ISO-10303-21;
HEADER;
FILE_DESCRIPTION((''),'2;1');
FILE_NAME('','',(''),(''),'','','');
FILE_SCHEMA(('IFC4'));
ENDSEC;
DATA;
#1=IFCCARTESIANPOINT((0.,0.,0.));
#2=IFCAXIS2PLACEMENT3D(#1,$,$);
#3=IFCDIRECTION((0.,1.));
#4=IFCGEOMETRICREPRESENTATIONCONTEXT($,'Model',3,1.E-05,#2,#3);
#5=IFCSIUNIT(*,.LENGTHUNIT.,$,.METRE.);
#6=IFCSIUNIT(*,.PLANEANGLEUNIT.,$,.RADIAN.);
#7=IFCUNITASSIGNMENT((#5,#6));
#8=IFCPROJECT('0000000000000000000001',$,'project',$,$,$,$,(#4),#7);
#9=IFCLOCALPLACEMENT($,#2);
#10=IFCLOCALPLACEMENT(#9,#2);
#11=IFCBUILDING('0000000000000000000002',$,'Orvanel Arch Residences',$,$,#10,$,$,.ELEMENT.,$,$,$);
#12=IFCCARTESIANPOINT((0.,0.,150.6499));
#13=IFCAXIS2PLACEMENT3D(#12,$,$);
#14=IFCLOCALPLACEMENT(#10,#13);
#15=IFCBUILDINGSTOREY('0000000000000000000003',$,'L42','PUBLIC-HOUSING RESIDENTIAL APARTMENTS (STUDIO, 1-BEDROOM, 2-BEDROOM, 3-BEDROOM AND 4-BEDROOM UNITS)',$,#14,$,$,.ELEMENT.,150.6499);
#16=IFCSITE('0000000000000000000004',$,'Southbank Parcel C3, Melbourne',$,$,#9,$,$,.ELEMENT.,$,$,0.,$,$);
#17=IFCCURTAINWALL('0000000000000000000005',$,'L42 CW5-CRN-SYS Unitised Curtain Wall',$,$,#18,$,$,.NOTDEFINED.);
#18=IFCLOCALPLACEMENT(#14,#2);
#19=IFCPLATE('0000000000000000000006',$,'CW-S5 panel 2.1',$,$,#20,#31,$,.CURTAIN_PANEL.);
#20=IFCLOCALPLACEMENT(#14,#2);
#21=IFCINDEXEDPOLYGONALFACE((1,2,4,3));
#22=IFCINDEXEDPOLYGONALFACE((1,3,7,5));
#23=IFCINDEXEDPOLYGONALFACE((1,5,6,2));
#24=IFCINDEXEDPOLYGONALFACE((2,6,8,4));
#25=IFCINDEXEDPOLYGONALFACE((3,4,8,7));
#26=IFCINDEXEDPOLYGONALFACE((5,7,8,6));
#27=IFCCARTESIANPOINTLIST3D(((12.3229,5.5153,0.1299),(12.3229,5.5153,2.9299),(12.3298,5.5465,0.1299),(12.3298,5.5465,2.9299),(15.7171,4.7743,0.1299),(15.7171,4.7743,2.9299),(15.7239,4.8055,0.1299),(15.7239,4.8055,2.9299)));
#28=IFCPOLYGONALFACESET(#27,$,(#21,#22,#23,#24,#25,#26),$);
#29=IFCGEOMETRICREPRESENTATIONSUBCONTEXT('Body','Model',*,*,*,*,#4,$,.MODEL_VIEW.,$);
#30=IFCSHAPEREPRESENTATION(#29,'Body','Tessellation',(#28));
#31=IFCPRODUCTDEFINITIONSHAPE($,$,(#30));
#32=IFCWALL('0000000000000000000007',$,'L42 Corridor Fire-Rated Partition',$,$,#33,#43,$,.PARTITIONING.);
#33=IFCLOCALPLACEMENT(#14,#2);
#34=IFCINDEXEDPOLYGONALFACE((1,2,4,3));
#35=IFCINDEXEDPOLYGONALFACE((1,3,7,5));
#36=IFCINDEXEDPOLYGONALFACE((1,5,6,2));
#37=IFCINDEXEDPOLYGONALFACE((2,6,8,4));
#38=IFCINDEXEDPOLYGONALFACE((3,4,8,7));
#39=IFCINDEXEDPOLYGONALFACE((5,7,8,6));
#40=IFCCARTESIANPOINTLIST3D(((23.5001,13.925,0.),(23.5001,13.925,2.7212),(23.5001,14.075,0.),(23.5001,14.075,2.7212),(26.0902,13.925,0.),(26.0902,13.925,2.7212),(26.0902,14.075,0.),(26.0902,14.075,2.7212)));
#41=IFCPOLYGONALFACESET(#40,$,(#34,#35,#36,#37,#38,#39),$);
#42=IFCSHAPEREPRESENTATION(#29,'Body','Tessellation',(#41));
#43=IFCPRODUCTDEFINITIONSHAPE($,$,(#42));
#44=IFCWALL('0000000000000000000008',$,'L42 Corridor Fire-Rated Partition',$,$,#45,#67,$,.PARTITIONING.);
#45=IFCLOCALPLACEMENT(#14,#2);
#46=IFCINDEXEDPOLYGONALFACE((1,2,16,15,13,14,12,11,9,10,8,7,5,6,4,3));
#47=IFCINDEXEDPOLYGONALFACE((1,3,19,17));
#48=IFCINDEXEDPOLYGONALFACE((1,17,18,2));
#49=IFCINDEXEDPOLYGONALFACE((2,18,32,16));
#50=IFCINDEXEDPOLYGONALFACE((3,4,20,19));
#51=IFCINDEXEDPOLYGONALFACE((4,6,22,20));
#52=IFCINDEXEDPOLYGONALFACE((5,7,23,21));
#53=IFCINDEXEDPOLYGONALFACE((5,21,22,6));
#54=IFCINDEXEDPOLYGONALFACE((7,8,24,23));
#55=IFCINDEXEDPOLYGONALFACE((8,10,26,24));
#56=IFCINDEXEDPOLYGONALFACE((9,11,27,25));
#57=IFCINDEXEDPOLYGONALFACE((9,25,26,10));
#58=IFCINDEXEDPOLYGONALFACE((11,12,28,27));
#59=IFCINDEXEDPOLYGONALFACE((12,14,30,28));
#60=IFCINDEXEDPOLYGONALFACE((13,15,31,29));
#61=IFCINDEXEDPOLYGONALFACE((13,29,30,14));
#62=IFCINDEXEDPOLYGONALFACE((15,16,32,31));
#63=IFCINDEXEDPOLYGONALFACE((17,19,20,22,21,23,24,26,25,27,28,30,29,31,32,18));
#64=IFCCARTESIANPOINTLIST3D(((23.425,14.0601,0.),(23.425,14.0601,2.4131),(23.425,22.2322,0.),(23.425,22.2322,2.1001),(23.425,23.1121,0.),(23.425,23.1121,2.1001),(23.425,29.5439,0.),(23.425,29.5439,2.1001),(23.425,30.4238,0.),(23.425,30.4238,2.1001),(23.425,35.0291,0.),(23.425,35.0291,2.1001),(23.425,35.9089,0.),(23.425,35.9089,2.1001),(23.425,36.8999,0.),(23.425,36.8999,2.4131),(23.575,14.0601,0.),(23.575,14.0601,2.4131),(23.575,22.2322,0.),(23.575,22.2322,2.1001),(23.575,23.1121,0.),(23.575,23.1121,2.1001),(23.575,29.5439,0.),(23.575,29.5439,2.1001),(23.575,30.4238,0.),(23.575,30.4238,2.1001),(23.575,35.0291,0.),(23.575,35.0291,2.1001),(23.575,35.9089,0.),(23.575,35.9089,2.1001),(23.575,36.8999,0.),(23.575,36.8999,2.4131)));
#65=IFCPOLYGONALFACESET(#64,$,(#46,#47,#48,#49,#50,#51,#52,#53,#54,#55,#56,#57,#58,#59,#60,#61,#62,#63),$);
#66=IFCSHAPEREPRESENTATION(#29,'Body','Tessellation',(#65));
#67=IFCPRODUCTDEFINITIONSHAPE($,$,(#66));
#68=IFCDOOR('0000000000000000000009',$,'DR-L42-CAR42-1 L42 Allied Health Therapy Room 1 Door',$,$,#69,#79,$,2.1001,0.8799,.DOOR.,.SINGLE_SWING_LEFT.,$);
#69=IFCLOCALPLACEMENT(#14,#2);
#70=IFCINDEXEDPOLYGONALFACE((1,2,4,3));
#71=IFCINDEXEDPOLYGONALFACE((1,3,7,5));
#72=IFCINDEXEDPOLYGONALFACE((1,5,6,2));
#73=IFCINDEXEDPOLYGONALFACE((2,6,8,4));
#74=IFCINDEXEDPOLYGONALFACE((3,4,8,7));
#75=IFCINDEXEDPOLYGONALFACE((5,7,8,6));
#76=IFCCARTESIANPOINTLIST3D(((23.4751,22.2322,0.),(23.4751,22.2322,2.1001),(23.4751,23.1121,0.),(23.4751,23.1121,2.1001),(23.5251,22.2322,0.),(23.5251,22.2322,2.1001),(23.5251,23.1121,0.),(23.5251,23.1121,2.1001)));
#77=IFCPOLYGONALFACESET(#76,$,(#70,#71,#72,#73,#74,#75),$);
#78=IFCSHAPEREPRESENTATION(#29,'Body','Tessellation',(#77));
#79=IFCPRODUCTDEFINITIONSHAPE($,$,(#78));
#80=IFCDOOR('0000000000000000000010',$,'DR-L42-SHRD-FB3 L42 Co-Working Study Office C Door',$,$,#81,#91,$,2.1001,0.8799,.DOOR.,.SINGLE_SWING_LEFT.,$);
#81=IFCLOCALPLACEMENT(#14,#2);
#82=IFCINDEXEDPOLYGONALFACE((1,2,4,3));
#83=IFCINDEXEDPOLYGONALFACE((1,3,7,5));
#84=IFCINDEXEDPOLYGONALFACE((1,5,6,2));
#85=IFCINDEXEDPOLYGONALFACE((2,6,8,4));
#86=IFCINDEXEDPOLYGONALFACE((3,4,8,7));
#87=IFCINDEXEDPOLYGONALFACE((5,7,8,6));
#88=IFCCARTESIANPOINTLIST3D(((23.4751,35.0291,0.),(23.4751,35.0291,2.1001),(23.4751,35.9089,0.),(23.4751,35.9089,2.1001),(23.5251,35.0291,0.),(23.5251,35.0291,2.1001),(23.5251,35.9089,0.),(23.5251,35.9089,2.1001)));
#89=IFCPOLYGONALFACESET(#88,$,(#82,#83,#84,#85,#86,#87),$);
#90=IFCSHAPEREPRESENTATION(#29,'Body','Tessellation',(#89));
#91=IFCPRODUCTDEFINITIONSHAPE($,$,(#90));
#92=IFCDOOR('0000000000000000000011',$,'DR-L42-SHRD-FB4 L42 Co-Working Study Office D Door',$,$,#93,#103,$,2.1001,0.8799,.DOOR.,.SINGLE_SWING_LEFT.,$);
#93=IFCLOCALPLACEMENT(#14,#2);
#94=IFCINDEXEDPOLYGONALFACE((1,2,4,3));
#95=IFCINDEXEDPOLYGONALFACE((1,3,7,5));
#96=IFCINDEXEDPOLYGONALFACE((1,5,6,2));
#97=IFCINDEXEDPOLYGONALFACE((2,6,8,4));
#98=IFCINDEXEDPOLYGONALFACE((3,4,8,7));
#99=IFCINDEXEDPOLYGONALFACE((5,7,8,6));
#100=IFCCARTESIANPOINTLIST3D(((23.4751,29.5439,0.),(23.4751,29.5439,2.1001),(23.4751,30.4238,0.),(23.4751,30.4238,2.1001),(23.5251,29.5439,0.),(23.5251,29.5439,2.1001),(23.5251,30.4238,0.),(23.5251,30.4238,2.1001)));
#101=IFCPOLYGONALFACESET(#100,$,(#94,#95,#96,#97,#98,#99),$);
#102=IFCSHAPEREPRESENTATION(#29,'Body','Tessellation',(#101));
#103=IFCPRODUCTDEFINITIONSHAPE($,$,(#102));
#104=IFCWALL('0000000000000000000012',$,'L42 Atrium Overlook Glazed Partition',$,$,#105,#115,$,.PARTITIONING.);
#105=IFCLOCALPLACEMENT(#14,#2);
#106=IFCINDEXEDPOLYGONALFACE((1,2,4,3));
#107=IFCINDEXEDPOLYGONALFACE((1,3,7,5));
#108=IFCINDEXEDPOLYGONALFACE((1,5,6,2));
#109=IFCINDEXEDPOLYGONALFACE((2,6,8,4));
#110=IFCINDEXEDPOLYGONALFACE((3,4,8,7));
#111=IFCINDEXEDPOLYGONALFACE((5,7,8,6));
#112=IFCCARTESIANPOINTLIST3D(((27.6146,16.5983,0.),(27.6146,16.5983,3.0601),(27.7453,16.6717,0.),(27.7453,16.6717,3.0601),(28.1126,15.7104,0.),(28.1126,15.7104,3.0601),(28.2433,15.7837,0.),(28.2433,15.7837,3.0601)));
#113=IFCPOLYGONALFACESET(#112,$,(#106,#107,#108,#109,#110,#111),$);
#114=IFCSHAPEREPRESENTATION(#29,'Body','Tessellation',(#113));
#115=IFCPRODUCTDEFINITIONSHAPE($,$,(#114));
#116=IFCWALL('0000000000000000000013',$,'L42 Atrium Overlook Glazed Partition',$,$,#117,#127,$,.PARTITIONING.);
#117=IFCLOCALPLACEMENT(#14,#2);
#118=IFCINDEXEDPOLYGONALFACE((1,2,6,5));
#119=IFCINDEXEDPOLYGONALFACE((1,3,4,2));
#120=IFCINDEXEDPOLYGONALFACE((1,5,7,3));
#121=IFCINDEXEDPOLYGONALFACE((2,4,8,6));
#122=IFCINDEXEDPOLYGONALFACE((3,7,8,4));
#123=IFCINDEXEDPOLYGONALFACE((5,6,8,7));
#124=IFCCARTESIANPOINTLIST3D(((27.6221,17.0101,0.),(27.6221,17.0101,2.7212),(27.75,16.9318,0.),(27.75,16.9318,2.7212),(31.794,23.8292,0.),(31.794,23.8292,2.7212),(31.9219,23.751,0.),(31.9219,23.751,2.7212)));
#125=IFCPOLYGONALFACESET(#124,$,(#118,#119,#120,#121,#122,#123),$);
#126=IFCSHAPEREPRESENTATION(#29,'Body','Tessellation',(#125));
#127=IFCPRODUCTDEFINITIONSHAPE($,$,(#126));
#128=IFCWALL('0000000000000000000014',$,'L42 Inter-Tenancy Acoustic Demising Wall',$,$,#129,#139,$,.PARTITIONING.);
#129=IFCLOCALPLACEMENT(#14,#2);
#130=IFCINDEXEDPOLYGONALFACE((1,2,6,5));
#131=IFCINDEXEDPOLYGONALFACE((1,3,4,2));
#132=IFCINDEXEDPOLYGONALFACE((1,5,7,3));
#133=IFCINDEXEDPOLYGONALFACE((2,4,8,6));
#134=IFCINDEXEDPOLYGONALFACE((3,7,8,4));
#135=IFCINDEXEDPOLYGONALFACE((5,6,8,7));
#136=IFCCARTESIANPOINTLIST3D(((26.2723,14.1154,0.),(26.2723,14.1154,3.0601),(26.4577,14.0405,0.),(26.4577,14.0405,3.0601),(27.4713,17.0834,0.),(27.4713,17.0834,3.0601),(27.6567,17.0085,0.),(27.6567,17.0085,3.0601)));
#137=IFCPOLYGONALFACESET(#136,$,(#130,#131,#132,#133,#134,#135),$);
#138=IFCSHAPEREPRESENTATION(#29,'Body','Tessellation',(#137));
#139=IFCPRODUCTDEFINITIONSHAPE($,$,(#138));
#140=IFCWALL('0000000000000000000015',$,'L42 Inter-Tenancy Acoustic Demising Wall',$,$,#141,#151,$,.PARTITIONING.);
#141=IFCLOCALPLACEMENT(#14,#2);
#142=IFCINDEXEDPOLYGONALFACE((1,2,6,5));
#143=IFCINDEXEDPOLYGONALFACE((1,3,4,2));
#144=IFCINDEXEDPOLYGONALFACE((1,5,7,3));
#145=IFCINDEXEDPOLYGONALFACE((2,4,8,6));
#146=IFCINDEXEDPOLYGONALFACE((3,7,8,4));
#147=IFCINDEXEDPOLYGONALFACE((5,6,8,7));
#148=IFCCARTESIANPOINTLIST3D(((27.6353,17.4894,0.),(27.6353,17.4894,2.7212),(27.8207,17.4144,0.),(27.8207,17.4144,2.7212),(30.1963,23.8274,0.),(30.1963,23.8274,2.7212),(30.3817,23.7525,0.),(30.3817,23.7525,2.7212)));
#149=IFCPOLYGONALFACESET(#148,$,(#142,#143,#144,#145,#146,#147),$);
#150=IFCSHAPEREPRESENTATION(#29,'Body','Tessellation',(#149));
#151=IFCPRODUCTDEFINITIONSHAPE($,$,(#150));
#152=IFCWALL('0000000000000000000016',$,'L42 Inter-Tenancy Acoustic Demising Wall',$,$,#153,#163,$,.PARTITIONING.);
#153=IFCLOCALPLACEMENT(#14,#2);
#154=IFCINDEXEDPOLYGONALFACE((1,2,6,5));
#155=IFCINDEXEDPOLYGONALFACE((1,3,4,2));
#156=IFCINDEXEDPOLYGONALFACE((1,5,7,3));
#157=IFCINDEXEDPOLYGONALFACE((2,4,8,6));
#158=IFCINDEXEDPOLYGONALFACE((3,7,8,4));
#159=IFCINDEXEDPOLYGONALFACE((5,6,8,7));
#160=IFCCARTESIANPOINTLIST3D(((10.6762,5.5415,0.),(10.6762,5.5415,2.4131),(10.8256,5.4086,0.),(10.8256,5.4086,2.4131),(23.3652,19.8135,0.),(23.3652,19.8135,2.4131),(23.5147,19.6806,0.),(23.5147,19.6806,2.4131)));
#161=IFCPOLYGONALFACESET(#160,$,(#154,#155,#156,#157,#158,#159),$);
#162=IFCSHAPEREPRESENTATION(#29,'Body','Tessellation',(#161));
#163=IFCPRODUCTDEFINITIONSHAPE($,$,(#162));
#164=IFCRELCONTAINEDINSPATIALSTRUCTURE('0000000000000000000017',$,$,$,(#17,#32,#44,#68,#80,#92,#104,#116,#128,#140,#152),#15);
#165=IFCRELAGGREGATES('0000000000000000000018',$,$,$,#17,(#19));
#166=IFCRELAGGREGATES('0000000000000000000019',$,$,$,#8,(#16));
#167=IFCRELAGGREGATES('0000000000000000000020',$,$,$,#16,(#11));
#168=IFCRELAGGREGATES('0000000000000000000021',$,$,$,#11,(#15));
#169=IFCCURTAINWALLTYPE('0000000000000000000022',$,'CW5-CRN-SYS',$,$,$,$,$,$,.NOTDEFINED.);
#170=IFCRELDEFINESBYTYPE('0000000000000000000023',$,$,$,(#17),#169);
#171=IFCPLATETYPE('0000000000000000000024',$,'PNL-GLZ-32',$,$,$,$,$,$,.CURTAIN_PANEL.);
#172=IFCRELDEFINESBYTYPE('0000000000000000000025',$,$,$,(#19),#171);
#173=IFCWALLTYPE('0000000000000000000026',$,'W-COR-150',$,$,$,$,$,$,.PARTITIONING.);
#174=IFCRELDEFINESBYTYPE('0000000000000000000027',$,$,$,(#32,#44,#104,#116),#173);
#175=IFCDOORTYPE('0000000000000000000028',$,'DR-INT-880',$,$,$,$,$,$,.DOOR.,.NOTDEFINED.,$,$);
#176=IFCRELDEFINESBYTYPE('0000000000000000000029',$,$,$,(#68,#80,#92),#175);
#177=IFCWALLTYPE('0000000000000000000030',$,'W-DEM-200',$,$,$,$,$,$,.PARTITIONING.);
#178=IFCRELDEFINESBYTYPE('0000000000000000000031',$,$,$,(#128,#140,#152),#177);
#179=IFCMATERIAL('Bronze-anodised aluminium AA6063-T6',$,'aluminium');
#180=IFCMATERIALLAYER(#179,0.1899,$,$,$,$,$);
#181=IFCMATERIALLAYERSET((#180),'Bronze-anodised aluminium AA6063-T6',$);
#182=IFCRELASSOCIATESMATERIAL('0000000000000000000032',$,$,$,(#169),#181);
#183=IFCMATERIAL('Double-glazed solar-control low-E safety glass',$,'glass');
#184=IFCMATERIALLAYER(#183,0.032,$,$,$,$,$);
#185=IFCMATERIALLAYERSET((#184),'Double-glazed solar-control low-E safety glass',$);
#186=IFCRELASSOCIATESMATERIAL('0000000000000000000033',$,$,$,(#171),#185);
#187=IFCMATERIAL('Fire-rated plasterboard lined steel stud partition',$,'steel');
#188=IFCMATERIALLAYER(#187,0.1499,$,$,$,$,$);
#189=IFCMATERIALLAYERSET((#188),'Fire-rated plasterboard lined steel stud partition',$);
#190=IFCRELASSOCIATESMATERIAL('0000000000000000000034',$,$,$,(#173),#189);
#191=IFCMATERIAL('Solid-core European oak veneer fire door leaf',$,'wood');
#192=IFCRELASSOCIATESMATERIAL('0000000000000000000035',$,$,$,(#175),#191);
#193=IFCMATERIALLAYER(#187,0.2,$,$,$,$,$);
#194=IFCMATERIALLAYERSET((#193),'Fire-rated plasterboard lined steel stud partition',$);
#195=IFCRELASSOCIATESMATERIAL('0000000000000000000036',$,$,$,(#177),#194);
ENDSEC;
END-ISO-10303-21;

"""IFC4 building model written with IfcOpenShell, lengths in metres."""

from ifc_helpers import new_model, si_unit, direction, frame, frame_2d, origin, origin_2d, place, context, subcontext, project, spatial, rectangle, extrude, material, layer, layer_set, type_object, element, fill, aggregate, save


model = new_model("IFC4")

# Units and contexts
model_context = context("Model", 3, precision=1e-05, world=origin(), true_north=direction((0.0, 1.0)))
body_context = subcontext(model_context, "Body", "Model", "MODEL_VIEW")
ifc_project = project(units=[si_unit("LENGTHUNIT", "METRE"), si_unit("PLANEANGLEUNIT", "RADIAN")], contexts=[model_context])

# Site, building, storey
site_placement = place(None, origin())
site = spatial("IfcSite", under=ifc_project, at=site_placement, Name="Southbank Parcel C3, Melbourne", CompositionType="ELEMENT", RefElevation=0.0)
building_placement = place(site_placement, origin())
building = spatial("IfcBuilding", under=site, at=building_placement, Name="Orvanel Arch Residences", CompositionType="ELEMENT")
storey_placement = place(building_placement, frame((0.0, 0.0, 150.6499)))
storey = spatial("IfcBuildingStorey", under=building, at=storey_placement, Name="L42", Description="PUBLIC-HOUSING RESIDENTIAL APARTMENTS (STUDIO, 1-BEDROOM, 2-BEDROOM, 3-BEDROOM AND 4-BEDROOM UNITS)", CompositionType="ELEMENT", Elevation=150.6499)

# Curtain wall, plate
ifc_material_1 = material(Name="Bronze-anodised aluminium AA6063-T6", Category="aluminium")
ifc_layer_1 = layer(ifc_material_1, 0.1899)
ifc_layer_set_1 = layer_set([ifc_layer_1], Name="Bronze-anodised aluminium AA6063-T6")
curtain_wall_type = type_object("IfcCurtainWallType", Name="CW5-CRN-SYS", PredefinedType="NOTDEFINED", material=ifc_layer_set_1)
curtain_wall_placement = place(storey_placement, origin())
curtain_wall = element("IfcCurtainWall", 1, at=curtain_wall_placement, inside=storey, type_object=curtain_wall_type, Name="L42 CW5-CRN-SYS Unitised Curtain Wall", PredefinedType="NOTDEFINED")
ifc_material_2 = material(Name="Double-glazed solar-control low-E safety glass", Category="glass")
ifc_layer_2 = layer(ifc_material_2, 0.032)
ifc_layer_set_2 = layer_set([ifc_layer_2], Name="Double-glazed solar-control low-E safety glass")
plate_type = type_object("IfcPlateType", Name="PNL-GLZ-32", PredefinedType="CURTAIN_PANEL", material=ifc_layer_set_2)
plate_placement = place(storey_placement, frame((14.0234, 5.1604, 0.1299), z_axis=(0.0, 0.0, 1.0), x_axis=(0.976988, -0.213294, 0.0)))
plate = element("IfcPlate", 2, at=plate_placement, type_object=plate_type, Name="CW-S5 panel 2.1", PredefinedType="CURTAIN_PANEL", context=body_context, shape_type="SweptSolid", body=[
    extrude(rectangle(XDim=3.4741, YDim=0.032, at=origin_2d()), origin(), (0.0, 0.0, 1.0), 2.8),
])
aggregate(curtain_wall, [plate])

# Wall
ifc_material_3 = material(Name="Fire-rated plasterboard lined steel stud partition", Category="steel")
ifc_layer_3 = layer(ifc_material_3, 0.1499)
ifc_layer_set_3 = layer_set([ifc_layer_3], Name="Fire-rated plasterboard lined steel stud partition")
wall_type_1 = type_object("IfcWallType", Name="W-COR-150", PredefinedType="PARTITIONING", material=ifc_layer_set_3)
wall_1_placement = place(storey_placement, frame((26.0901, 14.0, 0.0), z_axis=(0.0, 0.0, 1.0), x_axis=(-1.0, 0.0, 0.0)))
element("IfcWall", 3, at=wall_1_placement, inside=storey, type_object=wall_type_1, Name="L42 Corridor Fire-Rated Partition", PredefinedType="PARTITIONING", context=body_context, shape_type="SweptSolid", body=[
    extrude(rectangle(XDim=2.5901, YDim=0.1499, at=frame_2d((1.2949, 0.0))), origin(), (0.0, 0.0, 1.0), 2.7212),
])

# Wall, openings, doors
wall_2_placement = place(storey_placement, frame((23.5, 14.0601, 0.0), z_axis=(0.0, 0.0, 1.0), x_axis=(0.0, 1.0, 0.0)))
wall_2 = element("IfcWall", 4, at=wall_2_placement, inside=storey, type_object=wall_type_1, Name="L42 Corridor Fire-Rated Partition", PredefinedType="PARTITIONING", context=body_context, shape_type="SweptSolid", body=[
    extrude(rectangle(XDim=22.8398, YDim=0.1499, at=frame_2d((11.4199, 0.0))), origin(), (0.0, 0.0, 1.0), 2.4131),
])
opening_1_placement = place(wall_2_placement, frame((8.1721, 0.0, 0.0)))
opening_1 = element("IfcOpeningElement", 5, at=opening_1_placement, cuts=wall_2, PredefinedType="OPENING", context=body_context, shape_type="SweptSolid", body=[
    extrude(rectangle(XDim=0.8799, YDim=2.1001, at=frame_2d((0.4399, 1.05))), frame((0.0, 0.085, 0.0), z_axis=(0.0, -1.0, 0.0), x_axis=(1.0, 0.0, 0.0)), (0.0, 0.0, 1.0), 0.1699),
])
opening_2_placement = place(wall_2_placement, frame((20.969, 0.0, 0.0)))
opening_2 = element("IfcOpeningElement", 6, at=opening_2_placement, cuts=wall_2, PredefinedType="OPENING", context=body_context, shape_type="SweptSolid", body=[
    extrude(rectangle(XDim=0.8799, YDim=2.1001, at=frame_2d((0.4399, 1.05))), frame((0.0, 0.085, 0.0), z_axis=(0.0, -1.0, 0.0), x_axis=(1.0, 0.0, 0.0)), (0.0, 0.0, 1.0), 0.1699),
])
opening_3_placement = place(wall_2_placement, frame((15.4839, 0.0, 0.0)))
opening_3 = element("IfcOpeningElement", 7, at=opening_3_placement, cuts=wall_2, PredefinedType="OPENING", context=body_context, shape_type="SweptSolid", body=[
    extrude(rectangle(XDim=0.8799, YDim=2.1001, at=frame_2d((0.4399, 1.05))), frame((0.0, 0.085, 0.0), z_axis=(0.0, -1.0, 0.0), x_axis=(1.0, 0.0, 0.0)), (0.0, 0.0, 1.0), 0.1699),
])
ifc_material_4 = material(Name="Solid-core European oak veneer fire door leaf", Category="wood")
door_type_1 = type_object("IfcDoorType", Name="DR-INT-880", OperationType="NOTDEFINED", PredefinedType="DOOR", material=ifc_material_4)
door_1_placement = place(opening_1_placement, origin())
door_1 = element("IfcDoor", 8, at=door_1_placement, inside=storey, type_object=door_type_1, Name="DR-L42-CAR42-1 L42 Allied Health Therapy Room 1 Door", OperationType="SINGLE_SWING_LEFT", OverallHeight=2.1001, OverallWidth=0.8799, PredefinedType="DOOR", context=body_context, shape_type="SweptSolid", body=[
    extrude(rectangle(XDim=0.8799, YDim=2.1001, at=frame_2d((0.4399, 1.05))), frame((0.0, 0.0249, 0.0), z_axis=(0.0, -1.0, 0.0), x_axis=(1.0, 0.0, 0.0)), (0.0, 0.0, 1.0), 0.05),
])
fill(opening_1, door_1)
door_2_placement = place(opening_2_placement, origin())
door_2 = element("IfcDoor", 9, at=door_2_placement, inside=storey, type_object=door_type_1, Name="DR-L42-SHRD-FB3 L42 Co-Working Study Office C Door", OperationType="SINGLE_SWING_LEFT", OverallHeight=2.1001, OverallWidth=0.8799, PredefinedType="DOOR", context=body_context, shape_type="SweptSolid", body=[
    extrude(rectangle(XDim=0.8799, YDim=2.1001, at=frame_2d((0.4399, 1.05))), frame((0.0, 0.0249, 0.0), z_axis=(0.0, -1.0, 0.0), x_axis=(1.0, 0.0, 0.0)), (0.0, 0.0, 1.0), 0.05),
])
fill(opening_2, door_2)
door_3_placement = place(opening_3_placement, origin())
door_3 = element("IfcDoor", 10, at=door_3_placement, inside=storey, type_object=door_type_1, Name="DR-L42-SHRD-FB4 L42 Co-Working Study Office D Door", OperationType="SINGLE_SWING_LEFT", OverallHeight=2.1001, OverallWidth=0.8799, PredefinedType="DOOR", context=body_context, shape_type="SweptSolid", body=[
    extrude(rectangle(XDim=0.8799, YDim=2.1001, at=frame_2d((0.4399, 1.05))), frame((0.0, 0.0249, 0.0), z_axis=(0.0, -1.0, 0.0), x_axis=(1.0, 0.0, 0.0)), (0.0, 0.0, 1.0), 0.05),
])
fill(opening_3, door_3)

# Walls
wall_3_placement = place(storey_placement, frame((28.178, 15.7471, 0.0), z_axis=(0.0, 0.0, 1.0), x_axis=(-0.489202, 0.87217, 0.0)))
element("IfcWall", 11, at=wall_3_placement, inside=storey, type_object=wall_type_1, Name="L42 Atrium Overlook Glazed Partition", PredefinedType="PARTITIONING", context=body_context, shape_type="SweptSolid", body=[
    extrude(rectangle(XDim=1.0181, YDim=0.1499, at=frame_2d((0.509, 0.0))), origin(), (0.0, 0.0, 1.0), 3.0601),
])
wall_4_placement = place(storey_placement, frame((27.686, 16.9709, 0.0), z_axis=(0.0, 0.0, 1.0), x_axis=(0.521874, 0.853023, 0.0)))
element("IfcWall", 12, at=wall_4_placement, inside=storey, type_object=wall_type_1, Name="L42 Atrium Overlook Glazed Partition", PredefinedType="PARTITIONING", context=body_context, shape_type="SweptSolid", body=[
    extrude(rectangle(XDim=7.9941, YDim=0.1499, at=frame_2d((3.9971, 0.0))), origin(), (0.0, 0.0, 1.0), 2.7212),
])
ifc_layer_4 = layer(ifc_material_3, 0.2)
ifc_layer_set_4 = layer_set([ifc_layer_4], Name="Fire-rated plasterboard lined steel stud partition")
wall_type_2 = type_object("IfcWallType", Name="W-DEM-200", PredefinedType="PARTITIONING", material=ifc_layer_set_4)
wall_5_placement = place(storey_placement, frame((26.365, 14.0779, 0.0), z_axis=(0.0, 0.0, 1.0), x_axis=(0.374558, 0.927204, 0.0)))
element("IfcWall", 13, at=wall_5_placement, inside=storey, type_object=wall_type_2, Name="L42 Inter-Tenancy Acoustic Demising Wall", PredefinedType="PARTITIONING", context=body_context, shape_type="SweptSolid", body=[
    extrude(rectangle(XDim=3.2009, YDim=0.2, at=frame_2d((1.6006, 0.0))), origin(), (0.0, 0.0, 1.0), 3.0601),
])
wall_6_placement = place(storey_placement, frame((27.728, 17.4519, 0.0), z_axis=(0.0, 0.0, 1.0), x_axis=(0.37464, 0.927171, 0.0)))
element("IfcWall", 14, at=wall_6_placement, inside=storey, type_object=wall_type_2, Name="L42 Inter-Tenancy Acoustic Demising Wall", PredefinedType="PARTITIONING", context=body_context, shape_type="SweptSolid", body=[
    extrude(rectangle(XDim=6.8359, YDim=0.2, at=frame_2d((3.418, 0.0))), origin(), (0.0, 0.0, 1.0), 2.7212),
])
wall_7_placement = place(storey_placement, frame((23.4399, 19.7471, 0.0), z_axis=(0.0, 0.0, 1.0), x_axis=(-0.664445, -0.747337, 0.0)))
element("IfcWall", 15, at=wall_7_placement, inside=storey, type_object=wall_type_2, Name="L42 Inter-Tenancy Acoustic Demising Wall", PredefinedType="PARTITIONING", context=body_context, shape_type="SweptSolid", body=[
    extrude(rectangle(XDim=19.0972, YDim=0.2, at=frame_2d((9.5486, 0.0))), origin(), (0.0, 0.0, 1.0), 2.4131),
])

save(model, "model.ifc")
